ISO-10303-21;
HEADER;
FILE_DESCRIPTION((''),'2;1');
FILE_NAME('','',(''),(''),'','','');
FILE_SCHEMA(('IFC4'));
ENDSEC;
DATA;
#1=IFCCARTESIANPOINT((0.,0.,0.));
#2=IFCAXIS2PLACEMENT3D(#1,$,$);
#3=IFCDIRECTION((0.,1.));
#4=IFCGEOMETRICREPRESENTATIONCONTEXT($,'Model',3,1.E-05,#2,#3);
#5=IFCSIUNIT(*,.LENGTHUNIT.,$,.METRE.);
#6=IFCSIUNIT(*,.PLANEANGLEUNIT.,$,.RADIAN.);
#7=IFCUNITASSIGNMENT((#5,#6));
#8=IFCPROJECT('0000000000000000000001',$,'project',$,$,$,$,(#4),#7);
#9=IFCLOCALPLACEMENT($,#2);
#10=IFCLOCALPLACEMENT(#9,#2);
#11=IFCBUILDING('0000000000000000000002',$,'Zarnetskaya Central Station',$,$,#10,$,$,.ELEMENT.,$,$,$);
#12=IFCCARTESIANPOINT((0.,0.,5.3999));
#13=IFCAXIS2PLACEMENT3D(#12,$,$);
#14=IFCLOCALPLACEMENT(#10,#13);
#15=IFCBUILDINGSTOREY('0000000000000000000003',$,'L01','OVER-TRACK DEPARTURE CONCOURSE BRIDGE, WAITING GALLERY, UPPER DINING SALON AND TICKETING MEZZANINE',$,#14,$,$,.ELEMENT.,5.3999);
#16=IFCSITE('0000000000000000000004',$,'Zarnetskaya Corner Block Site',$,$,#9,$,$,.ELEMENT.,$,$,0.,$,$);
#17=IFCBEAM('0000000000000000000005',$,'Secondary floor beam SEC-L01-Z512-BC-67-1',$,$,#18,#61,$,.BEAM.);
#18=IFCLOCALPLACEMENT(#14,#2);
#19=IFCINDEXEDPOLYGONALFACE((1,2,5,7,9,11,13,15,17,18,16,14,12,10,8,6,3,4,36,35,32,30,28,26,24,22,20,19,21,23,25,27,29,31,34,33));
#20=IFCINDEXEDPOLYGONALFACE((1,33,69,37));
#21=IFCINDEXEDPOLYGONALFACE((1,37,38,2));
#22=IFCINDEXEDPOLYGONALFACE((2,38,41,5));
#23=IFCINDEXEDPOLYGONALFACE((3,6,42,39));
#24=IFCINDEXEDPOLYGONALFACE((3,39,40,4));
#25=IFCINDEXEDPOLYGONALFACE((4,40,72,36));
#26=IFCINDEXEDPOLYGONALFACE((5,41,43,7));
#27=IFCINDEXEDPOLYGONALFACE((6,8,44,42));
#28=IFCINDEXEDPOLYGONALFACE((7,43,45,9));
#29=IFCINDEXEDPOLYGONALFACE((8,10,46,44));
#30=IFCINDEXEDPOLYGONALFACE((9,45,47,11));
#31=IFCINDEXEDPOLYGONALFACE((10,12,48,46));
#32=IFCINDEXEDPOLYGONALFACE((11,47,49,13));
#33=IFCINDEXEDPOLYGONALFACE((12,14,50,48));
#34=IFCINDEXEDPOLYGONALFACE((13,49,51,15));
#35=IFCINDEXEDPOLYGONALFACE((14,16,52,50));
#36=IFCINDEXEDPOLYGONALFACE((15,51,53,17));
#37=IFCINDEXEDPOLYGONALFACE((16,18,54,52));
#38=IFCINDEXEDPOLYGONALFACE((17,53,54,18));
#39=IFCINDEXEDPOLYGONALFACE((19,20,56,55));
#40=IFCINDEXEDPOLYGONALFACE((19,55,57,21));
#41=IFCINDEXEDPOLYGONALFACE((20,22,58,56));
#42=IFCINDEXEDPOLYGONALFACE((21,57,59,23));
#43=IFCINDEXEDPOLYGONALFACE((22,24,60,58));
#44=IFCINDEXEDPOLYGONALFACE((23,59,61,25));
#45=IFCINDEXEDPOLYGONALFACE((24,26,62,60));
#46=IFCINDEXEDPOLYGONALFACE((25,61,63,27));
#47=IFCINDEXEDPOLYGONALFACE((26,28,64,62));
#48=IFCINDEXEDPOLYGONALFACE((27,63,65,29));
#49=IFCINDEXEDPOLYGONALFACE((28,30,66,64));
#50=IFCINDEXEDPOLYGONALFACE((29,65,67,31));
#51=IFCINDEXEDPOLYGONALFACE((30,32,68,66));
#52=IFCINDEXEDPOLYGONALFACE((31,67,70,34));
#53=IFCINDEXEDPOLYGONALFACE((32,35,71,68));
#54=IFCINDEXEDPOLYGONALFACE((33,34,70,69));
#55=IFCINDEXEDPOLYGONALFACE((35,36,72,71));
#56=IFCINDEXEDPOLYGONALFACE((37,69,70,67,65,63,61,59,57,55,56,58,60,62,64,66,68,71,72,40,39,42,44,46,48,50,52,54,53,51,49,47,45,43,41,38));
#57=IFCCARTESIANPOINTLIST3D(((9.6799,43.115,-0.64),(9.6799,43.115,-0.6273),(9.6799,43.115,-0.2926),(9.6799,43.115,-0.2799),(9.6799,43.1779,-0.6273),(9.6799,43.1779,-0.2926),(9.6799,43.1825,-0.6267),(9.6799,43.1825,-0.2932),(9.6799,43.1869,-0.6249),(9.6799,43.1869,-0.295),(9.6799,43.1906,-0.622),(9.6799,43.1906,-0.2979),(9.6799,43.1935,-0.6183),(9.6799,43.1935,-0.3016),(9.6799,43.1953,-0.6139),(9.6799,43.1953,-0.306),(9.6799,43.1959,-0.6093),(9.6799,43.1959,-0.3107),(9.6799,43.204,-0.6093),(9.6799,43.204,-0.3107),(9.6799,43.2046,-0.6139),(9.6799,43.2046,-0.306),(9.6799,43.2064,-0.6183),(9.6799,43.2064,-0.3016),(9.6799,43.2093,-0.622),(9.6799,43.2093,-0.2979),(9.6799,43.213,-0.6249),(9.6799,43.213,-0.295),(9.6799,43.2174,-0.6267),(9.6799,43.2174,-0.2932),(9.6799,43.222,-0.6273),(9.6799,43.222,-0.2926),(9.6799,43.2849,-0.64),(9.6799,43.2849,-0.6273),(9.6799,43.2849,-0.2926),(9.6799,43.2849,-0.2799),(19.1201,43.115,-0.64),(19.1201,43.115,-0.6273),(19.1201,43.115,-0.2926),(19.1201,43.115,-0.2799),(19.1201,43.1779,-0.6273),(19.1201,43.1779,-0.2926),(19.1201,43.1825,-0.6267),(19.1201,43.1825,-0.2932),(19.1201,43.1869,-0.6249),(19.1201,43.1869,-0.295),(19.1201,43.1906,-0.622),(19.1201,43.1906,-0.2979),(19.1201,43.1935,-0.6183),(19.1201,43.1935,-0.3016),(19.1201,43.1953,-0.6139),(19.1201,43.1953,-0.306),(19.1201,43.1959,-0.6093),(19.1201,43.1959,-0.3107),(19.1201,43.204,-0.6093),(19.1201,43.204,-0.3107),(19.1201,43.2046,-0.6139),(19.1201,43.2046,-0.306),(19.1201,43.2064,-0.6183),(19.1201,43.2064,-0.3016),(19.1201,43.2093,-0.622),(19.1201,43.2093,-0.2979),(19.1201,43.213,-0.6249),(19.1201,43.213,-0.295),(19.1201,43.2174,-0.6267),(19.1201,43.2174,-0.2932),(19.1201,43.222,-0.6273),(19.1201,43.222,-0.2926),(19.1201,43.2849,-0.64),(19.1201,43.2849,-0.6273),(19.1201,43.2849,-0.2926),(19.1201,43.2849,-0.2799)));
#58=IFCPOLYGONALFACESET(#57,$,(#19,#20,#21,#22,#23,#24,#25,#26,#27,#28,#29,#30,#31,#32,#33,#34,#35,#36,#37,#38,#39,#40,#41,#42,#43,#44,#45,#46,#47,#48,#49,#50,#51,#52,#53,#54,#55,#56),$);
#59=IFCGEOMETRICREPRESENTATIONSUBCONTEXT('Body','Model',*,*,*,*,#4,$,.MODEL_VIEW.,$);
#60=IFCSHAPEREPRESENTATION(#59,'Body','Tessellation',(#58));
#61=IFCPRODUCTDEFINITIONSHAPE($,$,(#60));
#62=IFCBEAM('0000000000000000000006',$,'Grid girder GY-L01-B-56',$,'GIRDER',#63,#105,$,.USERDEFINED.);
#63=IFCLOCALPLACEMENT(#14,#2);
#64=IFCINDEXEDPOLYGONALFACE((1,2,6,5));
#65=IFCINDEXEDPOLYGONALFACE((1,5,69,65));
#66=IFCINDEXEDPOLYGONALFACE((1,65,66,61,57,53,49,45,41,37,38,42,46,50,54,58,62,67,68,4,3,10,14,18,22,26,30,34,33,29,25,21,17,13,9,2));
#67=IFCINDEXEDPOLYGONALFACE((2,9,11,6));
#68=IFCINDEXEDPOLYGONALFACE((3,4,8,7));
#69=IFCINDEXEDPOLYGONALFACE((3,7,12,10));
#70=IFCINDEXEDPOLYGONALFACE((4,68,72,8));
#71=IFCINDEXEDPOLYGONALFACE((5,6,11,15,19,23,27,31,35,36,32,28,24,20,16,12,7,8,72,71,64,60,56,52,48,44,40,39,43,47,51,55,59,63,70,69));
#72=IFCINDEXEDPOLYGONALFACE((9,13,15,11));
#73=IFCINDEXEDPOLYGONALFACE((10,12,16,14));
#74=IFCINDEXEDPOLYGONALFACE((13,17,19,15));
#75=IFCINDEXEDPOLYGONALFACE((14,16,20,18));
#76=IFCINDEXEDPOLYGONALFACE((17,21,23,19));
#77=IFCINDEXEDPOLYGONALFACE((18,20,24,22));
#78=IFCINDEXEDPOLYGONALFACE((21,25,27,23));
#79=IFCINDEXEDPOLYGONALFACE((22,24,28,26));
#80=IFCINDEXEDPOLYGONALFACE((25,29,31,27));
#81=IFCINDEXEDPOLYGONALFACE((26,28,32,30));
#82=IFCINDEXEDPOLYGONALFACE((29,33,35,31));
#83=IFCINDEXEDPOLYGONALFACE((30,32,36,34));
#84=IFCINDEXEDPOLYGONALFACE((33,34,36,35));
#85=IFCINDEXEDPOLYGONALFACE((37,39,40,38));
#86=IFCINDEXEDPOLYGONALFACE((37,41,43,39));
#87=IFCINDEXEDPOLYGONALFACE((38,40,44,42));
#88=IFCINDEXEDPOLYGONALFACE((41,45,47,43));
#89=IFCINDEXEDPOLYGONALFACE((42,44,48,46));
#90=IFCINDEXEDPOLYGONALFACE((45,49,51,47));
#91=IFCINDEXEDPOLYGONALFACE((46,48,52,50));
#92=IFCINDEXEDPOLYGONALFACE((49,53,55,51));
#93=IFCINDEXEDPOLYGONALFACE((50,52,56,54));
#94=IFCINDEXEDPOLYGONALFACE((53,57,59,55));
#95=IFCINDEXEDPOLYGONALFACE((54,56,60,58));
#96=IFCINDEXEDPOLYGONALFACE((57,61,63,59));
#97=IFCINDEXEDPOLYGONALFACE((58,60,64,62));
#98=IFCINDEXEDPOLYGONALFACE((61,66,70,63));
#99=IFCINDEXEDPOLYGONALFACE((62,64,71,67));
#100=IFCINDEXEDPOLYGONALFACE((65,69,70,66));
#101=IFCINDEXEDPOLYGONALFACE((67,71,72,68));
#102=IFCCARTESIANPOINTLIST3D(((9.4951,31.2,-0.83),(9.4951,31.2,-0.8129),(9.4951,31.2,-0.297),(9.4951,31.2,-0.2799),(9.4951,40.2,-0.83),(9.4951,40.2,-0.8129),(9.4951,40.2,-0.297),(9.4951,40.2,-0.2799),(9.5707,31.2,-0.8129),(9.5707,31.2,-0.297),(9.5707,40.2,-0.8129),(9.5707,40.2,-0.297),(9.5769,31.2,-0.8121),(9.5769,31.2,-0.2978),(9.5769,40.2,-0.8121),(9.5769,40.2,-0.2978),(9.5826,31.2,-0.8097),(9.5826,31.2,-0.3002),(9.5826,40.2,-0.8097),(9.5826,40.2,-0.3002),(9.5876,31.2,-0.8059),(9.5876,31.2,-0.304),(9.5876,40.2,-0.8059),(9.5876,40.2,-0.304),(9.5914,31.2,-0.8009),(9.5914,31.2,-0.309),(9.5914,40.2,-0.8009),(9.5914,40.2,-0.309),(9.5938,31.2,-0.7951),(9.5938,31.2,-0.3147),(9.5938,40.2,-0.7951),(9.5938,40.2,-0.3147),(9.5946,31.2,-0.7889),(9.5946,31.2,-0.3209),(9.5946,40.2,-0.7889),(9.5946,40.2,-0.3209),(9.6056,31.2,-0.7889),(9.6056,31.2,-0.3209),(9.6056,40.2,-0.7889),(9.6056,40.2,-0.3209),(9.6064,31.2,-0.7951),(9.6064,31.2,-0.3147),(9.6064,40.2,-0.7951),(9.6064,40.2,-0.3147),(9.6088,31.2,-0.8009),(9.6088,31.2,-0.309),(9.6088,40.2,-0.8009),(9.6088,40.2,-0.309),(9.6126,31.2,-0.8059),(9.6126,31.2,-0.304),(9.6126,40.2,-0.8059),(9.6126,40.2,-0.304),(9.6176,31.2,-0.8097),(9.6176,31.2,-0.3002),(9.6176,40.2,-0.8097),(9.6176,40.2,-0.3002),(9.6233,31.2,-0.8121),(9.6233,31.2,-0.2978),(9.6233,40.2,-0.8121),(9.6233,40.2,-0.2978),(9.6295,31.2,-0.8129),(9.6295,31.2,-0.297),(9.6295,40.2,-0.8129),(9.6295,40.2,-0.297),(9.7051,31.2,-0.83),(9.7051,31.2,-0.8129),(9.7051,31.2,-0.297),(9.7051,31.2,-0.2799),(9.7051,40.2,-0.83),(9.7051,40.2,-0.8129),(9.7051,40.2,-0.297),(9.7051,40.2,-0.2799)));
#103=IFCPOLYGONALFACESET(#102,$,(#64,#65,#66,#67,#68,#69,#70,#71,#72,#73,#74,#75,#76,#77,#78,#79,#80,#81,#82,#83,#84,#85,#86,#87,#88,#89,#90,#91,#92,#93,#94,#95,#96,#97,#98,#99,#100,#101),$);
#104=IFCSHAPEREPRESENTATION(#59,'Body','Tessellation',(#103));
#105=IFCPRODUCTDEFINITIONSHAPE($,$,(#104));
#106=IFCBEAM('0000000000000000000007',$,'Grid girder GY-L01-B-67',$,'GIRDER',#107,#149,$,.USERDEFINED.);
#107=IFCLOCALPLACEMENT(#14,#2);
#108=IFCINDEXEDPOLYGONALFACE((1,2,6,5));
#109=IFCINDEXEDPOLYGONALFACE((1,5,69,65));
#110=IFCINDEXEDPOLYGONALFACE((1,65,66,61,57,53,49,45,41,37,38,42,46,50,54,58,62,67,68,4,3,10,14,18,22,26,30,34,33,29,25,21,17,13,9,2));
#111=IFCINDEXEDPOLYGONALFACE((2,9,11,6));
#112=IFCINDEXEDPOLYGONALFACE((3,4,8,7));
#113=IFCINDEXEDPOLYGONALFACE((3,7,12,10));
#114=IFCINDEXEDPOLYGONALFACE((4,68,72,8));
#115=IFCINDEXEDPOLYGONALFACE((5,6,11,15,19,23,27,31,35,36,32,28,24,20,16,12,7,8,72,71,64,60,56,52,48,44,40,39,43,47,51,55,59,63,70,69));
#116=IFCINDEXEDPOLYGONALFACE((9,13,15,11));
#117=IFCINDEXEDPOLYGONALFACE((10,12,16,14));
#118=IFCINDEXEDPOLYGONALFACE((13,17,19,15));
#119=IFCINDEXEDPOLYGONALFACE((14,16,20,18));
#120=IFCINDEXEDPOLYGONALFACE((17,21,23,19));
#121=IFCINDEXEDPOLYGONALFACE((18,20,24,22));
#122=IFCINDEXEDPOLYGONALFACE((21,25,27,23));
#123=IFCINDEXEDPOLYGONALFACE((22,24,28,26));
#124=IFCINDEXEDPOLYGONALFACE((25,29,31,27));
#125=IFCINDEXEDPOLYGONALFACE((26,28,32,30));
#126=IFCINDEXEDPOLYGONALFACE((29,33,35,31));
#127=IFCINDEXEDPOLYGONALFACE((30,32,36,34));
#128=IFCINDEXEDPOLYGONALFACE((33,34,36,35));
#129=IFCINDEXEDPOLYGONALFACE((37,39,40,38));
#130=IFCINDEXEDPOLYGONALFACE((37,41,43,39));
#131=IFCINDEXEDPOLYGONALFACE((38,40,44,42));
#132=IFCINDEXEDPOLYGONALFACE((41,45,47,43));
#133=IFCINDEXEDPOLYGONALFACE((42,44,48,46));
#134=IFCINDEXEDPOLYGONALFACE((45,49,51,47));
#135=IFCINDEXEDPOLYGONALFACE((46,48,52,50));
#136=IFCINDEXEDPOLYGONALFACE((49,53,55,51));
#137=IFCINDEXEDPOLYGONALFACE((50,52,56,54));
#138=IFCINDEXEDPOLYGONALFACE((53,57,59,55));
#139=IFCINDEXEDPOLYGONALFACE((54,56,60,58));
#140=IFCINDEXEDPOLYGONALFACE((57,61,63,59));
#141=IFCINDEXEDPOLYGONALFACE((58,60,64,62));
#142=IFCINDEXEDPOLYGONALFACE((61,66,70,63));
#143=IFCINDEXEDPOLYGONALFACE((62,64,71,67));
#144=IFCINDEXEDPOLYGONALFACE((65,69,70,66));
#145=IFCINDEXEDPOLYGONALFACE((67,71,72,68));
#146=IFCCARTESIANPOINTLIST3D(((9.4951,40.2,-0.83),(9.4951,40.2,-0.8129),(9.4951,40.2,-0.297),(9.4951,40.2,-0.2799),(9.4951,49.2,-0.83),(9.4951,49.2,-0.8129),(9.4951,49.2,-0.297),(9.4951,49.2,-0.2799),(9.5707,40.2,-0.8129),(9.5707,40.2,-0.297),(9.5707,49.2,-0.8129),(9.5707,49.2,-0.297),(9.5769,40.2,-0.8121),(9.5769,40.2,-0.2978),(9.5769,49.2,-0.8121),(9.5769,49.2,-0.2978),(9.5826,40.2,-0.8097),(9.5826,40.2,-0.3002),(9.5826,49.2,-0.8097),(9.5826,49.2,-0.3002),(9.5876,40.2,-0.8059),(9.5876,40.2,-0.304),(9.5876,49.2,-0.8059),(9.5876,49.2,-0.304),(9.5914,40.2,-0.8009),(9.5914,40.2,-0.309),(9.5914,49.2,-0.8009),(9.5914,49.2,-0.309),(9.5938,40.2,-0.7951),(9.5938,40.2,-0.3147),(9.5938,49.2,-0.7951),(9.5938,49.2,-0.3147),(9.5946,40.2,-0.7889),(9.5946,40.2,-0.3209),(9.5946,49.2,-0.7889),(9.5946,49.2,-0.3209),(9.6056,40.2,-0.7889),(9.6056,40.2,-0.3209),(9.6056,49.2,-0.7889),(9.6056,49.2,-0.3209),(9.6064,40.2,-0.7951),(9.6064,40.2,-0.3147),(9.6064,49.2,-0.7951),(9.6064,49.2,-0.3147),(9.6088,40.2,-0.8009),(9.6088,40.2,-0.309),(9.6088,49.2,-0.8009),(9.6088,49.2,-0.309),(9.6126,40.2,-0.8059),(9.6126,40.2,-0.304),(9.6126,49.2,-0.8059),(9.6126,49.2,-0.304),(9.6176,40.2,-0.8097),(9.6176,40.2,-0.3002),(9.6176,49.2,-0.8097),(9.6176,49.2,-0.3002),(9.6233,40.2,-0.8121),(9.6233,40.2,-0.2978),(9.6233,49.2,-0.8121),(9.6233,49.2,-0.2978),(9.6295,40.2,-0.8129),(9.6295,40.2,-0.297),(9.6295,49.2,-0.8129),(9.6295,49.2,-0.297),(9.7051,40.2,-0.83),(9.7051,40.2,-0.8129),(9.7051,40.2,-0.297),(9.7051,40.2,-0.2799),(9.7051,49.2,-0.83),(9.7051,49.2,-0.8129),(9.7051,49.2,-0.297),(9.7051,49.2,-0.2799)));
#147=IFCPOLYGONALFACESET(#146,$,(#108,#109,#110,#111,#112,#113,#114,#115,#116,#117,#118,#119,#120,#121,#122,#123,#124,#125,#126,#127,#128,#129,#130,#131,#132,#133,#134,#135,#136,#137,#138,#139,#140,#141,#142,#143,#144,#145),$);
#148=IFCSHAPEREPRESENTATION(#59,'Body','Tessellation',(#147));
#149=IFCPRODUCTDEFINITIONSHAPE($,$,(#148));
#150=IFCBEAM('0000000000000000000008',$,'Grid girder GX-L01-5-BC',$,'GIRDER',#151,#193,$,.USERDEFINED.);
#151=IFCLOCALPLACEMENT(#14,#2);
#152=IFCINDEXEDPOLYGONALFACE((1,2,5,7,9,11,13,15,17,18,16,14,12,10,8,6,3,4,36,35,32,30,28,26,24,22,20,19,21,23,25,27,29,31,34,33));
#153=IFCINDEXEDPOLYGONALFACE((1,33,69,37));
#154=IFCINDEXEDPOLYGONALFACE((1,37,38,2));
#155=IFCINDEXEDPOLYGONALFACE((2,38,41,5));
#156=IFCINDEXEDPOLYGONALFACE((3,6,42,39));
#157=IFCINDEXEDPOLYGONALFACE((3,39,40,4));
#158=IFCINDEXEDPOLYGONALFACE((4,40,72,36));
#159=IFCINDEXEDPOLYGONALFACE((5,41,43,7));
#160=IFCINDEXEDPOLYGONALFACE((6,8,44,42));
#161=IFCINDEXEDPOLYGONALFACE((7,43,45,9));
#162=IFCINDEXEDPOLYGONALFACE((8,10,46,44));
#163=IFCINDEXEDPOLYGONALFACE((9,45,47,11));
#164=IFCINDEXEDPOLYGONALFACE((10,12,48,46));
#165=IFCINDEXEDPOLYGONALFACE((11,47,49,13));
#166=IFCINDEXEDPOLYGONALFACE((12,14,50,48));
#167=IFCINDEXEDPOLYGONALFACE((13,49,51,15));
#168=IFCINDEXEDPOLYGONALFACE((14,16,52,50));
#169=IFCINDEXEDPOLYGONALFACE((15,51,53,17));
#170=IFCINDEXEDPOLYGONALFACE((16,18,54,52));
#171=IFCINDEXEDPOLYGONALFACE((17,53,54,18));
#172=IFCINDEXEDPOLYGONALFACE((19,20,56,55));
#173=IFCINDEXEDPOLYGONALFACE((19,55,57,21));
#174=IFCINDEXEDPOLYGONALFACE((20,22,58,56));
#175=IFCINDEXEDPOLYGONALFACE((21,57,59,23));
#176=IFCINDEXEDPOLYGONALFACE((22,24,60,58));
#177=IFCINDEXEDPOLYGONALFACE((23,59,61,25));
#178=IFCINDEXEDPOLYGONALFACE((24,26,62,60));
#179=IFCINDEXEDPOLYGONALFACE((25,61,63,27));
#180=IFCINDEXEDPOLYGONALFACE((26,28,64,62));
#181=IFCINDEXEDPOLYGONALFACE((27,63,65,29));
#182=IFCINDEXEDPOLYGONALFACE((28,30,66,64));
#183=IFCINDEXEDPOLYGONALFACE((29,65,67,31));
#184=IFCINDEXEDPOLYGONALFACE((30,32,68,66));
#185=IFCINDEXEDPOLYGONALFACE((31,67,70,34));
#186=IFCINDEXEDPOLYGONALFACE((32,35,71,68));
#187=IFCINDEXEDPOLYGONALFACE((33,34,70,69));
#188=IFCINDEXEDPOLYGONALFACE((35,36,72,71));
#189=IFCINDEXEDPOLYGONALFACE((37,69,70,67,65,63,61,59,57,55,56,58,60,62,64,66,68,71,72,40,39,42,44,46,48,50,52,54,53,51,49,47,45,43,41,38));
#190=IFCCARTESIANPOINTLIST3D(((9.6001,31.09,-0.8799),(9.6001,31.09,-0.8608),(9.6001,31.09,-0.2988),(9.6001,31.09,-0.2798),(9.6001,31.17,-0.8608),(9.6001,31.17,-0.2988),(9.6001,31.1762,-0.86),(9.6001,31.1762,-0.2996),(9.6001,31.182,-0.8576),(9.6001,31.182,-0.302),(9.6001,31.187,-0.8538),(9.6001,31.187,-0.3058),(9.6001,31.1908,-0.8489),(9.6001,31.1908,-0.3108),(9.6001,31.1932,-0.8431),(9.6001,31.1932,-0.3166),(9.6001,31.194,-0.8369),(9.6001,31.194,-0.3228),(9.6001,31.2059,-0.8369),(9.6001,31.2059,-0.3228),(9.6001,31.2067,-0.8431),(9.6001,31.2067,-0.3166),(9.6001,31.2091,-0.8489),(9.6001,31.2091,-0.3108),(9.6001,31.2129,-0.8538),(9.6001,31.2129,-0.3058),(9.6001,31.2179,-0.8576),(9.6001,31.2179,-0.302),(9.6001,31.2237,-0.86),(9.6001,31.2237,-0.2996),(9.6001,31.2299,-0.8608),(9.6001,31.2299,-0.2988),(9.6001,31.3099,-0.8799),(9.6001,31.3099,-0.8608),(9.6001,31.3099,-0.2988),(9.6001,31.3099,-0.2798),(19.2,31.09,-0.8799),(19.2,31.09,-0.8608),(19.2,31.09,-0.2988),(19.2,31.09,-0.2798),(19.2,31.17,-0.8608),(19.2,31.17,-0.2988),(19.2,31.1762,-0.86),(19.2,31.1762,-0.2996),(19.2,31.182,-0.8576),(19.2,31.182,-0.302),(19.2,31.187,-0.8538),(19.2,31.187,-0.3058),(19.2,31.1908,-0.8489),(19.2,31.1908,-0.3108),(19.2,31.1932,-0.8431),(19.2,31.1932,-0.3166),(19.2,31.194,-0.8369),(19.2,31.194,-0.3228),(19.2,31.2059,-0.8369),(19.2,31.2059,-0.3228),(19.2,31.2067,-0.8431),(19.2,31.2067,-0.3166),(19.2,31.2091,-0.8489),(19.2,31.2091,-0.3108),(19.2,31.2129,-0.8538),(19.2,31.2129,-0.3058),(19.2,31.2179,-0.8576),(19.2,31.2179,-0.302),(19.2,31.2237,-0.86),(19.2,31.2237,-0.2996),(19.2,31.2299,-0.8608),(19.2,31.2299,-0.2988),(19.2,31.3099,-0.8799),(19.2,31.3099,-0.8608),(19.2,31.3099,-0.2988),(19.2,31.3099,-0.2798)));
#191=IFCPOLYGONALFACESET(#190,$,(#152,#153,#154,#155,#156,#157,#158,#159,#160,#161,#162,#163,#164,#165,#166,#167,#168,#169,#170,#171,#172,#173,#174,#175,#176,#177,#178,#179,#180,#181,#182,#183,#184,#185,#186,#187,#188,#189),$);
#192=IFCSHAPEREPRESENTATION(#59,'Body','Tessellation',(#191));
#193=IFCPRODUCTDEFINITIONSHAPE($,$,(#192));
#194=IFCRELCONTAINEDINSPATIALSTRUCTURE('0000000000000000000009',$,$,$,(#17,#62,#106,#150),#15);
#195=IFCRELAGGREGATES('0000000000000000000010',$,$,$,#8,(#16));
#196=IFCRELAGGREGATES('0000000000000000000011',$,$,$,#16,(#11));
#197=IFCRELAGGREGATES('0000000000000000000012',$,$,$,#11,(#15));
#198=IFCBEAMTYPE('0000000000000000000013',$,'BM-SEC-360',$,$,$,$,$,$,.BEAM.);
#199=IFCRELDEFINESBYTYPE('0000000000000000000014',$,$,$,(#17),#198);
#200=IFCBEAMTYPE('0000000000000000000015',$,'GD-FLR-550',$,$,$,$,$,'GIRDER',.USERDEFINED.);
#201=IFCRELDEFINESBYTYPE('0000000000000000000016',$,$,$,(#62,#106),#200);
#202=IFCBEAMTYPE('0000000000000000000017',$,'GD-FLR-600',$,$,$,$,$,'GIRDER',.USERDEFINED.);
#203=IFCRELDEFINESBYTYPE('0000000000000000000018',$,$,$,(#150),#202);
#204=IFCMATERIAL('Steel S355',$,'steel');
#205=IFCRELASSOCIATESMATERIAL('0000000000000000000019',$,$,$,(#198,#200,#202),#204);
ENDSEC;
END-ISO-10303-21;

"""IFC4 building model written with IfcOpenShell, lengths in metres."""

from ifc_helpers import new_model, si_unit, direction, frame, origin, origin_2d, place, context, subcontext, project, spatial, i_section, extrude, material, material_profile, profile_set, type_object, element, save


model = new_model("IFC4")

# Units and contexts
model_context = context("Model", 3, precision=1e-05, world=origin(), true_north=direction((0.0, 1.0)))
body_context = subcontext(model_context, "Body", "Model", "MODEL_VIEW")
ifc_project = project(units=[si_unit("LENGTHUNIT", "METRE"), si_unit("PLANEANGLEUNIT", "RADIAN")], contexts=[model_context])

# Site, building, storey
site_placement = place(None, origin())
site = spatial("IfcSite", under=ifc_project, at=site_placement, Name="Zarnetskaya Corner Block Site", CompositionType="ELEMENT", RefElevation=0.0)
building_placement = place(site_placement, origin())
building = spatial("IfcBuilding", under=site, at=building_placement, Name="Zarnetskaya Central Station", CompositionType="ELEMENT")
storey_placement = place(building_placement, frame((0.0, 0.0, 5.3999)))
storey = spatial("IfcBuildingStorey", under=building, at=storey_placement, Name="L01", Description="OVER-TRACK DEPARTURE CONCOURSE BRIDGE, WAITING GALLERY, UPPER DINING SALON AND TICKETING MEZZANINE", CompositionType="ELEMENT", Elevation=5.3999)

# Shared definitions
ifc_material_1 = material(Name="Steel S355", Category="steel")

# Beams
ifc_material_profile_1 = material_profile(ifc_material_1, i_section(OverallWidth=0.1699, OverallDepth=0.3601, WebThickness=0.0081, FlangeThickness=0.0127, FilletRadius=0.0181, at=origin_2d()), Name="IPE 360")
ifc_profile_set_1 = profile_set([ifc_material_profile_1], Name="Steel S355")
beam_type_1 = type_object("IfcBeamType", Name="BM-SEC-360", PredefinedType="BEAM", material=ifc_profile_set_1)
for number, where, z_axis, x_axis, name in (
    (1, (9.6799, 43.2, -0.46), (1.0, 0.0, 0.0), (0.0, 1.0, 0.0), "Secondary floor beam SEC-L01-Z512-BC-67-1"),
):
    element("IfcBeam", number, at=place(storey_placement, frame(where, z_axis=z_axis, x_axis=x_axis)), inside=storey, type_object=beam_type_1, Name=name, PredefinedType="BEAM", context=body_context, shape_type="SweptSolid", body=[
        extrude(i_section(OverallWidth=0.1699, OverallDepth=0.3601, WebThickness=0.0081, FlangeThickness=0.0127, FilletRadius=0.0181, at=origin_2d()), origin(), (0.0, 0.0, 1.0), 9.4402),
    ])
ifc_material_profile_2 = material_profile(ifc_material_1, i_section(OverallWidth=0.21, OverallDepth=0.55, WebThickness=0.011, FlangeThickness=0.0171, FilletRadius=0.0239, at=origin_2d()), Name="IPE 550")
ifc_profile_set_2 = profile_set([ifc_material_profile_2], Name="Steel S355")
beam_type_2 = type_object("IfcBeamType", Name="GD-FLR-550", ElementType="GIRDER", PredefinedType="USERDEFINED", material=ifc_profile_set_2)
for number, where, z_axis, x_axis, name in (
    (2, (9.6001, 31.2, -0.5549), (0.0, 1.0, 0.0), (-1.0, 0.0, 0.0), "Grid girder GY-L01-B-56"),
    (3, (9.6001, 40.2, -0.5549), (0.0, 1.0, 0.0), (-1.0, 0.0, 0.0), "Grid girder GY-L01-B-67"),
):
    element("IfcBeam", number, at=place(storey_placement, frame(where, z_axis=z_axis, x_axis=x_axis)), inside=storey, type_object=beam_type_2, Name=name, ObjectType="GIRDER", PredefinedType="USERDEFINED", context=body_context, shape_type="SweptSolid", body=[
        extrude(i_section(OverallWidth=0.21, OverallDepth=0.55, WebThickness=0.011, FlangeThickness=0.0171, FilletRadius=0.0239, at=origin_2d()), origin(), (0.0, 0.0, 1.0), 9.0),
    ])
ifc_material_profile_3 = material_profile(ifc_material_1, i_section(OverallWidth=0.22, OverallDepth=0.6001, WebThickness=0.012, FlangeThickness=0.019, FilletRadius=0.0239, at=origin_2d()), Name="IPE 600")
ifc_profile_set_3 = profile_set([ifc_material_profile_3], Name="Steel S355")
beam_type_3 = type_object("IfcBeamType", Name="GD-FLR-600", ElementType="GIRDER", PredefinedType="USERDEFINED", material=ifc_profile_set_3)
for number, where, z_axis, x_axis, name in (
    (4, (9.6001, 31.2, -0.5798), (1.0, 0.0, 0.0), (0.0, 1.0, 0.0), "Grid girder GX-L01-5-BC"),
):
    element("IfcBeam", number, at=place(storey_placement, frame(where, z_axis=z_axis, x_axis=x_axis)), inside=storey, type_object=beam_type_3, Name=name, ObjectType="GIRDER", PredefinedType="USERDEFINED", context=body_context, shape_type="SweptSolid", body=[
        extrude(i_section(OverallWidth=0.22, OverallDepth=0.6001, WebThickness=0.012, FlangeThickness=0.019, FilletRadius=0.0239, at=origin_2d()), origin(), (0.0, 0.0, 1.0), 9.5999),
    ])

save(model, "model.ifc")
